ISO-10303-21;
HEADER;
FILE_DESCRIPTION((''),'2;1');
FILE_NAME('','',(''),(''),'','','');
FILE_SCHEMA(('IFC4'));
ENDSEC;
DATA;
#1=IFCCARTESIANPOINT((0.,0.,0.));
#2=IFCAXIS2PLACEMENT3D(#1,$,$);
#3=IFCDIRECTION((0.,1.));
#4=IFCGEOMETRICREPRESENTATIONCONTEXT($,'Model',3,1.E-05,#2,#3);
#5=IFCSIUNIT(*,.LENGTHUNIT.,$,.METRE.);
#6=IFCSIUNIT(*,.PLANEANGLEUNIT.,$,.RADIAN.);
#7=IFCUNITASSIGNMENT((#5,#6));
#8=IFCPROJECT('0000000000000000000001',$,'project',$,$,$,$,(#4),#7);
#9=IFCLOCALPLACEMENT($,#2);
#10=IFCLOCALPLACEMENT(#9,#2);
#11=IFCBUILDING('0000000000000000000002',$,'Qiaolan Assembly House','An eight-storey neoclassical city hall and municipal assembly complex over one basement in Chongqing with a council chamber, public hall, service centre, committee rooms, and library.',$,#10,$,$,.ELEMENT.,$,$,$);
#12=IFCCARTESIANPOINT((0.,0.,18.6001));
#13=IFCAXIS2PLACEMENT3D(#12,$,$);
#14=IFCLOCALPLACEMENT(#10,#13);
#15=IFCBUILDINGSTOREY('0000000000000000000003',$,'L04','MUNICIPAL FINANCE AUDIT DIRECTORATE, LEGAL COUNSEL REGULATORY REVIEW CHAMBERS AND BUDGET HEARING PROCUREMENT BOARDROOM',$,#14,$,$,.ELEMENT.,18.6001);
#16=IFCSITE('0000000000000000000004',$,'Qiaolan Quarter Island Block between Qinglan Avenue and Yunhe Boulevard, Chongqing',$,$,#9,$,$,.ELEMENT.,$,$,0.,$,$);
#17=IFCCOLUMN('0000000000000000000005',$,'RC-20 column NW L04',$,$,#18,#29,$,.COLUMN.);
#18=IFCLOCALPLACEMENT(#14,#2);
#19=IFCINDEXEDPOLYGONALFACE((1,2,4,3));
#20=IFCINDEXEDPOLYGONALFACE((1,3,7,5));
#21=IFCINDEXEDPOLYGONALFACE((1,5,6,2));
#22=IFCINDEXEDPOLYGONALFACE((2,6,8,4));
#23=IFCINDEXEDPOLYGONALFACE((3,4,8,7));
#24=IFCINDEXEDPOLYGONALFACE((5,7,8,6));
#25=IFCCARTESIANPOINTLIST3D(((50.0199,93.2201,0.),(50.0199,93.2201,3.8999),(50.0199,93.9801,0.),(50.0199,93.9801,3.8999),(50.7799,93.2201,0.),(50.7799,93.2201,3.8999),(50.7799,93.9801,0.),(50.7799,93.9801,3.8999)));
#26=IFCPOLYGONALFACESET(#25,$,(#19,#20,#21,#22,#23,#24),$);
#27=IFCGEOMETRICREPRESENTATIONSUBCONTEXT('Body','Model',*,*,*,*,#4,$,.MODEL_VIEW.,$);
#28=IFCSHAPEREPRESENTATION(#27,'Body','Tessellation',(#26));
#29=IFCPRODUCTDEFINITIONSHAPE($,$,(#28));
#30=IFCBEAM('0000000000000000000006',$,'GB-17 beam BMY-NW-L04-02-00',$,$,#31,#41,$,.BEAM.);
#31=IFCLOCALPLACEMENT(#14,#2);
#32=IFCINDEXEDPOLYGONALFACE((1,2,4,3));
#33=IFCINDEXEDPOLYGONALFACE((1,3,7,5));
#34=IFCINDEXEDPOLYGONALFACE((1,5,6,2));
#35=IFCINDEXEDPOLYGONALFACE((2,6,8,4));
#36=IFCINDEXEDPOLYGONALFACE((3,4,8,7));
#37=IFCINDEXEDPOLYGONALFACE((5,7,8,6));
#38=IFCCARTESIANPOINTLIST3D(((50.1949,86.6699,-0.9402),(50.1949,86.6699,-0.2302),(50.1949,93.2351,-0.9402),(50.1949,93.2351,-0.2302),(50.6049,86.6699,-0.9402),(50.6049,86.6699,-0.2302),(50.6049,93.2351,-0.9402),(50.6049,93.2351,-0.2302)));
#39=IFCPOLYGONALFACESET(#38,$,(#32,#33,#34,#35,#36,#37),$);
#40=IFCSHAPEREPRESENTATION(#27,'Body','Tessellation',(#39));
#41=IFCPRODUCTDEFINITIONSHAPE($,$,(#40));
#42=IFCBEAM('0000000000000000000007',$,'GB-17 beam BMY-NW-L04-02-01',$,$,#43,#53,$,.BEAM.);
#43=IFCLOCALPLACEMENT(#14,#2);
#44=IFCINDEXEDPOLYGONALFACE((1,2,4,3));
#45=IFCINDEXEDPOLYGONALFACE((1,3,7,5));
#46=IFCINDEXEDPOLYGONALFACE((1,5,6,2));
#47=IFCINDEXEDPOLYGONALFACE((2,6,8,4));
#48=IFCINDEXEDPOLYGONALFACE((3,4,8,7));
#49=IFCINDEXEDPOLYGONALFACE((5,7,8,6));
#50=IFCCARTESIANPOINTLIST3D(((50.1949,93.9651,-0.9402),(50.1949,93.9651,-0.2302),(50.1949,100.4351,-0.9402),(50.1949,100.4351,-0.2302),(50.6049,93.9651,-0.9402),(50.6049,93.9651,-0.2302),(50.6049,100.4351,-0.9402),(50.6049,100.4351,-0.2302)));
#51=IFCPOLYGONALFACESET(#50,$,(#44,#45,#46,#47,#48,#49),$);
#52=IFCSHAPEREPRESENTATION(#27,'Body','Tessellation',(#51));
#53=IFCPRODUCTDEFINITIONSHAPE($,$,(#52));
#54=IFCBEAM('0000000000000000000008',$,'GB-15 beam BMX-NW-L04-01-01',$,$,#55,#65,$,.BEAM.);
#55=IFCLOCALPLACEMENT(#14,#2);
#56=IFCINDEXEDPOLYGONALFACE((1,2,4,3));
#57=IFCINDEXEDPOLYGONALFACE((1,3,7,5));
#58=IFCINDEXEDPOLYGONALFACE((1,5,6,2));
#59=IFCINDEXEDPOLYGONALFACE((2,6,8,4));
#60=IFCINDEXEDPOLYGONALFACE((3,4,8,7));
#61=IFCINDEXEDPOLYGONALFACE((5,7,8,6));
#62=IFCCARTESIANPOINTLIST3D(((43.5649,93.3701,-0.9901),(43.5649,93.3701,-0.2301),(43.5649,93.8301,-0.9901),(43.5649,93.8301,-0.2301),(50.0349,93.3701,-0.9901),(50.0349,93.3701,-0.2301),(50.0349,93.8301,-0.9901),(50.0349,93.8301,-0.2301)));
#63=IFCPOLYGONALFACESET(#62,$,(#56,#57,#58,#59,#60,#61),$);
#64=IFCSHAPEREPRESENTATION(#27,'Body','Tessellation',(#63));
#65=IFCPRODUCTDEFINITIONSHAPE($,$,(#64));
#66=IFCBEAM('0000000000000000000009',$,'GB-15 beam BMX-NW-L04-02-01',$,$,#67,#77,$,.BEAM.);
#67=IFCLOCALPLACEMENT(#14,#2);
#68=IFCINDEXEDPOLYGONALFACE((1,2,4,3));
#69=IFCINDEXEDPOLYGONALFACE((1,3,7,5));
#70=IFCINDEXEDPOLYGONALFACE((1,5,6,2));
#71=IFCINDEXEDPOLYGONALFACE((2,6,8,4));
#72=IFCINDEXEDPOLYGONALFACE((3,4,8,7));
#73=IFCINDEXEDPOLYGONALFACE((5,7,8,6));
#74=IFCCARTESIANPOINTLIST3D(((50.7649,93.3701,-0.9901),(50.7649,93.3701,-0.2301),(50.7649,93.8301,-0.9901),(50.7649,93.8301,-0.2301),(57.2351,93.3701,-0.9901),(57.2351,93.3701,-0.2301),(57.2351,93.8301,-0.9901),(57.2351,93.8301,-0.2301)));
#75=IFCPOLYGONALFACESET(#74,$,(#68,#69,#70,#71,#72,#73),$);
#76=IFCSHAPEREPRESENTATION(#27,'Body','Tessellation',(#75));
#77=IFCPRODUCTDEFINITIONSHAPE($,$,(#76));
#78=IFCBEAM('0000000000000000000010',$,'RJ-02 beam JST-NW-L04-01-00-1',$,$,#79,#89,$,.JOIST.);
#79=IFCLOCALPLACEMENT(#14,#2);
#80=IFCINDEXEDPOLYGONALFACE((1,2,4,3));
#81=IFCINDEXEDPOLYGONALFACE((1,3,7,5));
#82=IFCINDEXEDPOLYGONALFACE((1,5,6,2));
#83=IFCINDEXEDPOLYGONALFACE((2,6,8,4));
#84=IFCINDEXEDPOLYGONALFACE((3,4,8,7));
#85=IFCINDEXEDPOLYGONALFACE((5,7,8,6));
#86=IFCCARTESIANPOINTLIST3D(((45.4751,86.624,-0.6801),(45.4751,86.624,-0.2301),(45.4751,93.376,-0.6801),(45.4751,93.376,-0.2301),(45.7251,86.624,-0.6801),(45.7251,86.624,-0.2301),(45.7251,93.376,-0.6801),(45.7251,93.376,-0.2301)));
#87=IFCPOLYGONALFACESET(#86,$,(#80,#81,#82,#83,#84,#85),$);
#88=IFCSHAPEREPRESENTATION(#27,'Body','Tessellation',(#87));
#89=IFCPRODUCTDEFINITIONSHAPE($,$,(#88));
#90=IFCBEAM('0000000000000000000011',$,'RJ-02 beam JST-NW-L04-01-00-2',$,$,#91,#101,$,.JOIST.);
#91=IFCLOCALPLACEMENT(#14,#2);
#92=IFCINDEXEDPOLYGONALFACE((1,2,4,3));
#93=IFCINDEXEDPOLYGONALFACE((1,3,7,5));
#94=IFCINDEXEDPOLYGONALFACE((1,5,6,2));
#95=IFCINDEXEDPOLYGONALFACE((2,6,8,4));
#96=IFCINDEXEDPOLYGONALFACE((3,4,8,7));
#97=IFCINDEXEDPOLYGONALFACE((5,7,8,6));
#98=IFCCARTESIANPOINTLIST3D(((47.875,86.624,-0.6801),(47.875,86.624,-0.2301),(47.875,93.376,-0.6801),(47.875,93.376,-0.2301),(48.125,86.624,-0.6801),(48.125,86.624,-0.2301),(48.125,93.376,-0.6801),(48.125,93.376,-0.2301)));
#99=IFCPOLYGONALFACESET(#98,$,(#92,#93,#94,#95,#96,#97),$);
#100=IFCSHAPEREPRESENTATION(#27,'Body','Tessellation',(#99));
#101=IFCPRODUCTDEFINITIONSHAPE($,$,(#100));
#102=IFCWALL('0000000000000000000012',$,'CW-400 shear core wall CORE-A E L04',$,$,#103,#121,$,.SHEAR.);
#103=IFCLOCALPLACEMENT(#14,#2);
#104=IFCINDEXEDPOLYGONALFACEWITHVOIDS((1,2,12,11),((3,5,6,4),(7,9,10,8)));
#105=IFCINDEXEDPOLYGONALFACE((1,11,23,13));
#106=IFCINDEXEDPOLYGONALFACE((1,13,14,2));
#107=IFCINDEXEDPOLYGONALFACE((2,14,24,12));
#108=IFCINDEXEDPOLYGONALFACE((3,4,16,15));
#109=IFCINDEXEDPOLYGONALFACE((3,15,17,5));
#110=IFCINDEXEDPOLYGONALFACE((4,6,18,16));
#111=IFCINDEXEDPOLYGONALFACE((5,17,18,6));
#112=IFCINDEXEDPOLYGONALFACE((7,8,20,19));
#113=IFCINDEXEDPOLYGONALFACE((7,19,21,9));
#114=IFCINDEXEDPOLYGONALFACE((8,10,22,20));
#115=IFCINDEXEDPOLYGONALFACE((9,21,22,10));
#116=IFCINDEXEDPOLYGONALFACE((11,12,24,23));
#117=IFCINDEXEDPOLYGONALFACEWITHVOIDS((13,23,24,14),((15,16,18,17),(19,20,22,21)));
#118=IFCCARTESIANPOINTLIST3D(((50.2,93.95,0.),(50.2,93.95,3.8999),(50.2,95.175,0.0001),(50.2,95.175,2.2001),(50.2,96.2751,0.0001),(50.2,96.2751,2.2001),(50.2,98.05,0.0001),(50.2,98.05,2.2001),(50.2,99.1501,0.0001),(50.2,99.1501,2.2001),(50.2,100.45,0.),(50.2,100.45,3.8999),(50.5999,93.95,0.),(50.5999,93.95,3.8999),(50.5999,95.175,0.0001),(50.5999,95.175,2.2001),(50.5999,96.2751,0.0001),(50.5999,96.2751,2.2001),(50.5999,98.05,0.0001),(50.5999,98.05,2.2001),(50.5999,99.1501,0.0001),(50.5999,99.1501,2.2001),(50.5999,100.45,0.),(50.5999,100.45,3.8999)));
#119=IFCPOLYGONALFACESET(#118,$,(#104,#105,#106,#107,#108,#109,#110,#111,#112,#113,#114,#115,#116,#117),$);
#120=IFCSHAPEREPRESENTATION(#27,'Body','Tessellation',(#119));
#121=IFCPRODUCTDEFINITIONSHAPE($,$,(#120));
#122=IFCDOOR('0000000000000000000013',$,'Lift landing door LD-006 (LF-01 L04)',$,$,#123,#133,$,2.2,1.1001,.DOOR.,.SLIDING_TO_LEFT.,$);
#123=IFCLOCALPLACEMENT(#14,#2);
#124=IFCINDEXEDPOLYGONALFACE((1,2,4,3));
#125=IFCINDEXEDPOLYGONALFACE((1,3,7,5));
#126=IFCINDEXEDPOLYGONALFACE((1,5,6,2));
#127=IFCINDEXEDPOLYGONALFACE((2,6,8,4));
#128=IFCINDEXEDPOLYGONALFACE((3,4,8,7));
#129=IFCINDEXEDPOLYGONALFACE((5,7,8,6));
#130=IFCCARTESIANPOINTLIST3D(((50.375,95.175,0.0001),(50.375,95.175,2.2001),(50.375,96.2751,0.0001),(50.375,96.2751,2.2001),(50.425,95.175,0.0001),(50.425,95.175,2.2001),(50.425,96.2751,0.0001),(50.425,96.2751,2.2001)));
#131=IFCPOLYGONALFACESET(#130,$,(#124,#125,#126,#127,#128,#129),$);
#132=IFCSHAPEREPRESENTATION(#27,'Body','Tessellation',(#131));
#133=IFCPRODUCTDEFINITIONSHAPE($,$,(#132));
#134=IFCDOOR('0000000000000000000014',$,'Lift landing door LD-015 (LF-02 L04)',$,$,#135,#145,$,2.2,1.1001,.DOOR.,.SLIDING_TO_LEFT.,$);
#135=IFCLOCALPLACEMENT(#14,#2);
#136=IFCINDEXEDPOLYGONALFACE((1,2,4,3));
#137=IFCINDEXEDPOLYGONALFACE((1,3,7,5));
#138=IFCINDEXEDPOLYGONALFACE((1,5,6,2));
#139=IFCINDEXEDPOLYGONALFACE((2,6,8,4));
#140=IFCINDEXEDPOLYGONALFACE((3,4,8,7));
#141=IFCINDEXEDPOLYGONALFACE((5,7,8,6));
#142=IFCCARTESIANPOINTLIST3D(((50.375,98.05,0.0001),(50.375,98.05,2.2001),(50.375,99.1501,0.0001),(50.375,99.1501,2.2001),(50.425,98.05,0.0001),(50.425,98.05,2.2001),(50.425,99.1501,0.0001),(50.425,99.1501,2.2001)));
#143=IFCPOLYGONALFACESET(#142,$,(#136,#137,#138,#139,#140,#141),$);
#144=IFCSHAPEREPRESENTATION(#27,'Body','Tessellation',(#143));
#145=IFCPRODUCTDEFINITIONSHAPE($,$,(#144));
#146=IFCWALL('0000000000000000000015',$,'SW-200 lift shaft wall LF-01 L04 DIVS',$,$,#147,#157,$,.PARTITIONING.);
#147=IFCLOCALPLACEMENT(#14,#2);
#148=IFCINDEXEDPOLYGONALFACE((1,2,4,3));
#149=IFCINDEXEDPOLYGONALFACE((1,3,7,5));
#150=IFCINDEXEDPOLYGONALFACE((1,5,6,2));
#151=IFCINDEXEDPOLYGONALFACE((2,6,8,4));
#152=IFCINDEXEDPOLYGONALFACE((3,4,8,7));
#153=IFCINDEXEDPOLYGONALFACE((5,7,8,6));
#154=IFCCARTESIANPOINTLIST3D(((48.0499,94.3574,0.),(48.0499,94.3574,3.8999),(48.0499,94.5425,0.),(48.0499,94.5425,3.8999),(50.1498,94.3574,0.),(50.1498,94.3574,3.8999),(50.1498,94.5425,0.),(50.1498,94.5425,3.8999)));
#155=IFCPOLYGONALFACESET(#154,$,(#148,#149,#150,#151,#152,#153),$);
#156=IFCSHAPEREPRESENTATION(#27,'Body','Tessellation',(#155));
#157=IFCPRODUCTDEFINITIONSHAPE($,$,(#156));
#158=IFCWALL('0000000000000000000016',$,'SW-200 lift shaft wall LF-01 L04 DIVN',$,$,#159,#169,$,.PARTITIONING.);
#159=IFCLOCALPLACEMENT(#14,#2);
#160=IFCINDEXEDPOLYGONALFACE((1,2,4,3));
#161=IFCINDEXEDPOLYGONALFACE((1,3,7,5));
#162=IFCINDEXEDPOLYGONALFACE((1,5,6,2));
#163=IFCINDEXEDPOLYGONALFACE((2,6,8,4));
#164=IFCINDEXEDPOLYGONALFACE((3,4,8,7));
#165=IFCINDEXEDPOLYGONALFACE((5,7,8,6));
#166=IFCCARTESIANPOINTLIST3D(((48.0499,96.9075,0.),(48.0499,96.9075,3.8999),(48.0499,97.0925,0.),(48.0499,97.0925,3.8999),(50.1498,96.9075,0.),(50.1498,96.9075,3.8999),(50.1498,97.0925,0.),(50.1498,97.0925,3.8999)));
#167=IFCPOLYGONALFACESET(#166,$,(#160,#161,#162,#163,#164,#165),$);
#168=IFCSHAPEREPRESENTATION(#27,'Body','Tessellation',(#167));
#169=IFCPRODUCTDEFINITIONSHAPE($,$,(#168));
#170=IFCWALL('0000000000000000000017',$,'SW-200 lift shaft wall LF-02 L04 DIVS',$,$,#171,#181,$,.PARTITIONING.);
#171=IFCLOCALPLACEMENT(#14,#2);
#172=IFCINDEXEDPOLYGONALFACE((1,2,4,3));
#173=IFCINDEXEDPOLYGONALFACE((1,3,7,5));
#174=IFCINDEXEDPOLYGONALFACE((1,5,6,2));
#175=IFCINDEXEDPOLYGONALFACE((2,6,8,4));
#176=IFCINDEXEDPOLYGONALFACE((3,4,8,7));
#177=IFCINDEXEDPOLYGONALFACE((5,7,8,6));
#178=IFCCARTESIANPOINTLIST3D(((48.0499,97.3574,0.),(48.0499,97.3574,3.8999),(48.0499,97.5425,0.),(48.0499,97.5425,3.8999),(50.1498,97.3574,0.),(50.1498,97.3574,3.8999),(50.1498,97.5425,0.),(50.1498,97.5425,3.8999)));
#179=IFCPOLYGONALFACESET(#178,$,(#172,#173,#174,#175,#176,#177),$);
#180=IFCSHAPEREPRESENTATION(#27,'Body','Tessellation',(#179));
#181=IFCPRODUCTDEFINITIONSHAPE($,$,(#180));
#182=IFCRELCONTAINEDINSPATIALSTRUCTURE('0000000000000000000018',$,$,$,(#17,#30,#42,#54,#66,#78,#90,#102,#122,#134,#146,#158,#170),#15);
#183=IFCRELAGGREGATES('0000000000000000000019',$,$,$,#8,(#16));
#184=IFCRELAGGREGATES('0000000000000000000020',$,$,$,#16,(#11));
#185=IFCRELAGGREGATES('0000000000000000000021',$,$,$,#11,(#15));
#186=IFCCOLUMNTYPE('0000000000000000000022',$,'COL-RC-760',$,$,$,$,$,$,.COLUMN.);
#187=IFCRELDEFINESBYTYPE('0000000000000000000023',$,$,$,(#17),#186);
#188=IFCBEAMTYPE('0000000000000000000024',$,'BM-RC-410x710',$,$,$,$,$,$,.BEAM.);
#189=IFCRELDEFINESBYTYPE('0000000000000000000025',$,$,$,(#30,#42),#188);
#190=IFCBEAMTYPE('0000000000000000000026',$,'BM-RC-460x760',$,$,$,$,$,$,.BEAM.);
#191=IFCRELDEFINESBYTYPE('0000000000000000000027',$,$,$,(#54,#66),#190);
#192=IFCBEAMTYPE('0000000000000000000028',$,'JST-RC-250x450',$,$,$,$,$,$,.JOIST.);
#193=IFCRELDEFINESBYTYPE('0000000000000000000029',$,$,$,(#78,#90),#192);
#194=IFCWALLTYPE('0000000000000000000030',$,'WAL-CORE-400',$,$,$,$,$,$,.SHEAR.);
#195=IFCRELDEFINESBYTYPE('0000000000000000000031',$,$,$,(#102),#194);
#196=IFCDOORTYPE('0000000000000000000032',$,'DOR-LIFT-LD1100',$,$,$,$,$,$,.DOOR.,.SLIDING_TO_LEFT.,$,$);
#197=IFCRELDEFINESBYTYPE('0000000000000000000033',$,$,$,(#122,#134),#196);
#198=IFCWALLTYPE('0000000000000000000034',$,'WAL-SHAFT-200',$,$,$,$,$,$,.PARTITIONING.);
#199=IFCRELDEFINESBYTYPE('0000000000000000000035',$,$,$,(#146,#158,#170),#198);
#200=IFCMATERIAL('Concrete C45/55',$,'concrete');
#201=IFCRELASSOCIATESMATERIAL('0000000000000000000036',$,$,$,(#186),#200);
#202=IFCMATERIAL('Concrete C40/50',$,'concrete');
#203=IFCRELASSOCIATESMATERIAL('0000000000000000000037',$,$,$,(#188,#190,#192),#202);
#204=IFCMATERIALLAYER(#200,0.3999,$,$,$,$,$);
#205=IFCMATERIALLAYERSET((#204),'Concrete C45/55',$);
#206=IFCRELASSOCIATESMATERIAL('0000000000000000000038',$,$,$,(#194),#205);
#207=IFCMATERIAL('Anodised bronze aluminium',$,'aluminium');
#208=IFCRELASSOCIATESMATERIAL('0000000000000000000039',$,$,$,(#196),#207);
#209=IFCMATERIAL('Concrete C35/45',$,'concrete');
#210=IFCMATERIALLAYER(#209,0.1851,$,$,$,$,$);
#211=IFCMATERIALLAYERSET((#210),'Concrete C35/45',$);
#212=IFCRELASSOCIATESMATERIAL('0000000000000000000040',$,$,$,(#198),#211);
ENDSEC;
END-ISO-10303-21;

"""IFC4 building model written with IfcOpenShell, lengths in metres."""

from ifc_helpers import new_model, si_unit, direction, frame, frame_2d, origin, origin_2d, place, context, subcontext, project, spatial, rectangle, extrude, material, layer, layer_set, material_profile, profile_set, type_object, element, fill, save


model = new_model("IFC4")

# Units and contexts
model_context = context("Model", 3, precision=1e-05, world=origin(), true_north=direction((0.0, 1.0)))
body_context = subcontext(model_context, "Body", "Model", "MODEL_VIEW")
ifc_project = project(units=[si_unit("LENGTHUNIT", "METRE"), si_unit("PLANEANGLEUNIT", "RADIAN")], contexts=[model_context])

# Site, building, storey
site_placement = place(None, origin())
site = spatial("IfcSite", under=ifc_project, at=site_placement, Name="Qiaolan Quarter Island Block between Qinglan Avenue and Yunhe Boulevard, Chongqing", CompositionType="ELEMENT", RefElevation=0.0)
building_placement = place(site_placement, origin())
building = spatial("IfcBuilding", under=site, at=building_placement, Name="Qiaolan Assembly House", Description="An eight-storey neoclassical city hall and municipal assembly complex over one basement in Chongqing with a council chamber, public hall, service centre, committee rooms, and library.", CompositionType="ELEMENT")
storey_placement = place(building_placement, frame((0.0, 0.0, 18.6001)))
storey = spatial("IfcBuildingStorey", under=building, at=storey_placement, Name="L04", Description="MUNICIPAL FINANCE AUDIT DIRECTORATE, LEGAL COUNSEL REGULATORY REVIEW CHAMBERS AND BUDGET HEARING PROCUREMENT BOARDROOM", CompositionType="ELEMENT", Elevation=18.6001)

# Column
ifc_material_1 = material(Name="Concrete C45/55", Category="concrete")
ifc_material_profile_1 = material_profile(ifc_material_1, rectangle(XDim=0.76, YDim=0.76, at=origin_2d()), Name="RC 760x760")
ifc_profile_set_1 = profile_set([ifc_material_profile_1], Name="Concrete C45/55")
column_type = type_object("IfcColumnType", Name="COL-RC-760", PredefinedType="COLUMN", material=ifc_profile_set_1)
column_placement = place(storey_placement, frame((50.3999, 93.6001, 0.0), z_axis=(0.0, 0.0, 1.0), x_axis=(1.0, 0.0, 0.0)))
element("IfcColumn", 1, at=column_placement, inside=storey, type_object=column_type, Name="RC-20 column NW L04", PredefinedType="COLUMN", context=body_context, shape_type="SweptSolid", body=[
    extrude(rectangle(XDim=0.76, YDim=0.76, at=origin_2d()), origin(), (0.0, 0.0, 1.0), 3.8999),
])

# Beams
ifc_material_2 = material(Name="Concrete C40/50", Category="concrete")
ifc_material_profile_2 = material_profile(ifc_material_2, rectangle(XDim=0.4099, YDim=0.71, at=origin_2d()), Name="RCB 410x710")
ifc_profile_set_2 = profile_set([ifc_material_profile_2], Name="Concrete C40/50")
beam_type_1 = type_object("IfcBeamType", Name="BM-RC-410x710", PredefinedType="BEAM", material=ifc_profile_set_2)
beam_1_placement = place(storey_placement, frame((50.3999, 86.6699, -0.5852), z_axis=(0.0, 1.0, 0.0), x_axis=(-1.0, 0.0, 0.0)))
element("IfcBeam", 2, at=beam_1_placement, inside=storey, type_object=beam_type_1, Name="GB-17 beam BMY-NW-L04-02-00", PredefinedType="BEAM", context=body_context, shape_type="SweptSolid", body=[
    extrude(rectangle(XDim=0.4099, YDim=0.71, at=origin_2d()), origin(), (0.0, 0.0, 1.0), 6.5652),
])
beam_2_placement = place(storey_placement, frame((50.3999, 93.9651, -0.5852), z_axis=(0.0, 1.0, 0.0), x_axis=(-1.0, 0.0, 0.0)))
element("IfcBeam", 3, at=beam_2_placement, inside=storey, type_object=beam_type_1, Name="GB-17 beam BMY-NW-L04-02-01", PredefinedType="BEAM", context=body_context, shape_type="SweptSolid", body=[
    extrude(rectangle(XDim=0.4099, YDim=0.71, at=origin_2d()), origin(), (0.0, 0.0, 1.0), 6.47),
])
ifc_material_profile_3 = material_profile(ifc_material_2, rectangle(XDim=0.46, YDim=0.76, at=origin_2d()), Name="RCB 460x760")
ifc_profile_set_3 = profile_set([ifc_material_profile_3], Name="Concrete C40/50")
beam_type_2 = type_object("IfcBeamType", Name="BM-RC-460x760", PredefinedType="BEAM", material=ifc_profile_set_3)
beam_3_placement = place(storey_placement, frame((43.5649, 93.6001, -0.6101), z_axis=(1.0, 0.0, 0.0), x_axis=(0.0, 1.0, 0.0)))
element("IfcBeam", 4, at=beam_3_placement, inside=storey, type_object=beam_type_2, Name="GB-15 beam BMX-NW-L04-01-01", PredefinedType="BEAM", context=body_context, shape_type="SweptSolid", body=[
    extrude(rectangle(XDim=0.46, YDim=0.76, at=origin_2d()), origin(), (0.0, 0.0, 1.0), 6.47),
])
beam_4_placement = place(storey_placement, frame((50.7649, 93.6001, -0.6101), z_axis=(1.0, 0.0, 0.0), x_axis=(0.0, 1.0, 0.0)))
element("IfcBeam", 5, at=beam_4_placement, inside=storey, type_object=beam_type_2, Name="GB-15 beam BMX-NW-L04-02-01", PredefinedType="BEAM", context=body_context, shape_type="SweptSolid", body=[
    extrude(rectangle(XDim=0.46, YDim=0.76, at=origin_2d()), origin(), (0.0, 0.0, 1.0), 6.4702),
])
ifc_material_profile_4 = material_profile(ifc_material_2, rectangle(XDim=0.25, YDim=0.45, at=origin_2d()), Name="RCB 250x450")
ifc_profile_set_4 = profile_set([ifc_material_profile_4], Name="Concrete C40/50")
beam_type_3 = type_object("IfcBeamType", Name="JST-RC-250x450", PredefinedType="JOIST", material=ifc_profile_set_4)
for number, where, z_axis, x_axis, name in (
    (6, (45.6001, 86.624, -0.4551), (0.0, 1.0, 0.0), (-1.0, 0.0, 0.0), "RJ-02 beam JST-NW-L04-01-00-1"),
    (7, (48.0, 86.624, -0.4551), (0.0, 1.0, 0.0), (-1.0, 0.0, 0.0), "RJ-02 beam JST-NW-L04-01-00-2"),
):
    element("IfcBeam", number, at=place(storey_placement, frame(where, z_axis=z_axis, x_axis=x_axis)), inside=storey, type_object=beam_type_3, Name=name, PredefinedType="JOIST", context=body_context, shape_type="SweptSolid", body=[
        extrude(rectangle(XDim=0.25, YDim=0.45, at=origin_2d()), origin(), (0.0, 0.0, 1.0), 6.752),
    ])

# Wall, openings, doors
ifc_layer_1 = layer(ifc_material_1, 0.3999)
ifc_layer_set_1 = layer_set([ifc_layer_1], Name="Concrete C45/55")
wall_type_1 = type_object("IfcWallType", Name="WAL-CORE-400", PredefinedType="SHEAR", material=ifc_layer_set_1)
wall_1_placement = place(storey_placement, frame((50.3999, 93.95, 0.0), z_axis=(0.0, 0.0, 1.0), x_axis=(0.0, 1.0, 0.0)))
wall_1 = element("IfcWall", 8, at=wall_1_placement, inside=storey, type_object=wall_type_1, Name="CW-400 shear core wall CORE-A E L04", PredefinedType="SHEAR", context=body_context, shape_type="SweptSolid", body=[
    extrude(rectangle(XDim=6.5, YDim=0.3999, at=frame_2d((3.25, 0.0))), origin(), (0.0, 0.0, 1.0), 3.8999),
])
opening_1_placement = place(wall_1_placement, frame((1.2251, 0.0, 0.0)))
opening_1 = element("IfcOpeningElement", 9, at=opening_1_placement, cuts=wall_1, PredefinedType="OPENING", context=body_context, shape_type="SweptSolid", body=[
    extrude(rectangle(XDim=1.1001, YDim=2.2, at=frame_2d((0.55, 1.1001))), frame((0.0, 0.21, 0.0), z_axis=(0.0, -1.0, 0.0), x_axis=(1.0, 0.0, 0.0)), (0.0, 0.0, 1.0), 0.4199),
])
opening_2_placement = place(wall_1_placement, frame((4.1001, 0.0, 0.0)))
opening_2 = element("IfcOpeningElement", 10, at=opening_2_placement, cuts=wall_1, PredefinedType="OPENING", context=body_context, shape_type="SweptSolid", body=[
    extrude(rectangle(XDim=1.1001, YDim=2.2, at=frame_2d((0.55, 1.1001))), frame((0.0, 0.21, 0.0), z_axis=(0.0, -1.0, 0.0), x_axis=(1.0, 0.0, 0.0)), (0.0, 0.0, 1.0), 0.4199),
])
ifc_material_3 = material(Name="Anodised bronze aluminium", Category="aluminium")
door_type = type_object("IfcDoorType", Name="DOR-LIFT-LD1100", OperationType="SLIDING_TO_LEFT", PredefinedType="DOOR", material=ifc_material_3)
door_1_placement = place(opening_1_placement, origin())
door_1 = element("IfcDoor", 11, at=door_1_placement, inside=storey, type_object=door_type, Name="Lift landing door LD-006 (LF-01 L04)", OperationType="SLIDING_TO_LEFT", OverallHeight=2.2, OverallWidth=1.1001, PredefinedType="DOOR", context=body_context, shape_type="SweptSolid", body=[
    extrude(rectangle(XDim=1.1001, YDim=2.2, at=frame_2d((0.55, 1.1001))), frame((0.0, 0.0249, 0.0), z_axis=(0.0, -1.0, 0.0), x_axis=(1.0, 0.0, 0.0)), (0.0, 0.0, 1.0), 0.05),
])
fill(opening_1, door_1)
door_2_placement = place(opening_2_placement, origin())
door_2 = element("IfcDoor", 12, at=door_2_placement, inside=storey, type_object=door_type, Name="Lift landing door LD-015 (LF-02 L04)", OperationType="SLIDING_TO_LEFT", OverallHeight=2.2, OverallWidth=1.1001, PredefinedType="DOOR", context=body_context, shape_type="SweptSolid", body=[
    extrude(rectangle(XDim=1.1001, YDim=2.2, at=frame_2d((0.55, 1.1001))), frame((0.0, 0.0249, 0.0), z_axis=(0.0, -1.0, 0.0), x_axis=(1.0, 0.0, 0.0)), (0.0, 0.0, 1.0), 0.05),
])
fill(opening_2, door_2)

# Walls
ifc_material_4 = material(Name="Concrete C35/45", Category="concrete")
ifc_layer_2 = layer(ifc_material_4, 0.1851)
ifc_layer_set_2 = layer_set([ifc_layer_2], Name="Concrete C35/45")
wall_type_2 = type_object("IfcWallType", Name="WAL-SHAFT-200", PredefinedType="PARTITIONING", material=ifc_layer_set_2)
for number, where, z_axis, x_axis, name in (
    (13, (48.05, 94.45, 0.0), (0.0, 0.0, 1.0), (1.0, 0.0, 0.0), "SW-200 lift shaft wall LF-01 L04 DIVS"),
    (14, (48.05, 97.0, 0.0), (0.0, 0.0, 1.0), (1.0, 0.0, 0.0), "SW-200 lift shaft wall LF-01 L04 DIVN"),
    (15, (48.05, 97.45, 0.0), (0.0, 0.0, 1.0), (1.0, 0.0, 0.0), "SW-200 lift shaft wall LF-02 L04 DIVS"),
):
    element("IfcWall", number, at=place(storey_placement, frame(where, z_axis=z_axis, x_axis=x_axis)), inside=storey, type_object=wall_type_2, Name=name, PredefinedType="PARTITIONING", context=body_context, shape_type="SweptSolid", body=[
        extrude(rectangle(XDim=2.0999, YDim=0.1851, at=frame_2d((1.0498, 0.0))), origin(), (0.0, 0.0, 1.0), 3.8999),
    ])

save(model, "model.ifc")
